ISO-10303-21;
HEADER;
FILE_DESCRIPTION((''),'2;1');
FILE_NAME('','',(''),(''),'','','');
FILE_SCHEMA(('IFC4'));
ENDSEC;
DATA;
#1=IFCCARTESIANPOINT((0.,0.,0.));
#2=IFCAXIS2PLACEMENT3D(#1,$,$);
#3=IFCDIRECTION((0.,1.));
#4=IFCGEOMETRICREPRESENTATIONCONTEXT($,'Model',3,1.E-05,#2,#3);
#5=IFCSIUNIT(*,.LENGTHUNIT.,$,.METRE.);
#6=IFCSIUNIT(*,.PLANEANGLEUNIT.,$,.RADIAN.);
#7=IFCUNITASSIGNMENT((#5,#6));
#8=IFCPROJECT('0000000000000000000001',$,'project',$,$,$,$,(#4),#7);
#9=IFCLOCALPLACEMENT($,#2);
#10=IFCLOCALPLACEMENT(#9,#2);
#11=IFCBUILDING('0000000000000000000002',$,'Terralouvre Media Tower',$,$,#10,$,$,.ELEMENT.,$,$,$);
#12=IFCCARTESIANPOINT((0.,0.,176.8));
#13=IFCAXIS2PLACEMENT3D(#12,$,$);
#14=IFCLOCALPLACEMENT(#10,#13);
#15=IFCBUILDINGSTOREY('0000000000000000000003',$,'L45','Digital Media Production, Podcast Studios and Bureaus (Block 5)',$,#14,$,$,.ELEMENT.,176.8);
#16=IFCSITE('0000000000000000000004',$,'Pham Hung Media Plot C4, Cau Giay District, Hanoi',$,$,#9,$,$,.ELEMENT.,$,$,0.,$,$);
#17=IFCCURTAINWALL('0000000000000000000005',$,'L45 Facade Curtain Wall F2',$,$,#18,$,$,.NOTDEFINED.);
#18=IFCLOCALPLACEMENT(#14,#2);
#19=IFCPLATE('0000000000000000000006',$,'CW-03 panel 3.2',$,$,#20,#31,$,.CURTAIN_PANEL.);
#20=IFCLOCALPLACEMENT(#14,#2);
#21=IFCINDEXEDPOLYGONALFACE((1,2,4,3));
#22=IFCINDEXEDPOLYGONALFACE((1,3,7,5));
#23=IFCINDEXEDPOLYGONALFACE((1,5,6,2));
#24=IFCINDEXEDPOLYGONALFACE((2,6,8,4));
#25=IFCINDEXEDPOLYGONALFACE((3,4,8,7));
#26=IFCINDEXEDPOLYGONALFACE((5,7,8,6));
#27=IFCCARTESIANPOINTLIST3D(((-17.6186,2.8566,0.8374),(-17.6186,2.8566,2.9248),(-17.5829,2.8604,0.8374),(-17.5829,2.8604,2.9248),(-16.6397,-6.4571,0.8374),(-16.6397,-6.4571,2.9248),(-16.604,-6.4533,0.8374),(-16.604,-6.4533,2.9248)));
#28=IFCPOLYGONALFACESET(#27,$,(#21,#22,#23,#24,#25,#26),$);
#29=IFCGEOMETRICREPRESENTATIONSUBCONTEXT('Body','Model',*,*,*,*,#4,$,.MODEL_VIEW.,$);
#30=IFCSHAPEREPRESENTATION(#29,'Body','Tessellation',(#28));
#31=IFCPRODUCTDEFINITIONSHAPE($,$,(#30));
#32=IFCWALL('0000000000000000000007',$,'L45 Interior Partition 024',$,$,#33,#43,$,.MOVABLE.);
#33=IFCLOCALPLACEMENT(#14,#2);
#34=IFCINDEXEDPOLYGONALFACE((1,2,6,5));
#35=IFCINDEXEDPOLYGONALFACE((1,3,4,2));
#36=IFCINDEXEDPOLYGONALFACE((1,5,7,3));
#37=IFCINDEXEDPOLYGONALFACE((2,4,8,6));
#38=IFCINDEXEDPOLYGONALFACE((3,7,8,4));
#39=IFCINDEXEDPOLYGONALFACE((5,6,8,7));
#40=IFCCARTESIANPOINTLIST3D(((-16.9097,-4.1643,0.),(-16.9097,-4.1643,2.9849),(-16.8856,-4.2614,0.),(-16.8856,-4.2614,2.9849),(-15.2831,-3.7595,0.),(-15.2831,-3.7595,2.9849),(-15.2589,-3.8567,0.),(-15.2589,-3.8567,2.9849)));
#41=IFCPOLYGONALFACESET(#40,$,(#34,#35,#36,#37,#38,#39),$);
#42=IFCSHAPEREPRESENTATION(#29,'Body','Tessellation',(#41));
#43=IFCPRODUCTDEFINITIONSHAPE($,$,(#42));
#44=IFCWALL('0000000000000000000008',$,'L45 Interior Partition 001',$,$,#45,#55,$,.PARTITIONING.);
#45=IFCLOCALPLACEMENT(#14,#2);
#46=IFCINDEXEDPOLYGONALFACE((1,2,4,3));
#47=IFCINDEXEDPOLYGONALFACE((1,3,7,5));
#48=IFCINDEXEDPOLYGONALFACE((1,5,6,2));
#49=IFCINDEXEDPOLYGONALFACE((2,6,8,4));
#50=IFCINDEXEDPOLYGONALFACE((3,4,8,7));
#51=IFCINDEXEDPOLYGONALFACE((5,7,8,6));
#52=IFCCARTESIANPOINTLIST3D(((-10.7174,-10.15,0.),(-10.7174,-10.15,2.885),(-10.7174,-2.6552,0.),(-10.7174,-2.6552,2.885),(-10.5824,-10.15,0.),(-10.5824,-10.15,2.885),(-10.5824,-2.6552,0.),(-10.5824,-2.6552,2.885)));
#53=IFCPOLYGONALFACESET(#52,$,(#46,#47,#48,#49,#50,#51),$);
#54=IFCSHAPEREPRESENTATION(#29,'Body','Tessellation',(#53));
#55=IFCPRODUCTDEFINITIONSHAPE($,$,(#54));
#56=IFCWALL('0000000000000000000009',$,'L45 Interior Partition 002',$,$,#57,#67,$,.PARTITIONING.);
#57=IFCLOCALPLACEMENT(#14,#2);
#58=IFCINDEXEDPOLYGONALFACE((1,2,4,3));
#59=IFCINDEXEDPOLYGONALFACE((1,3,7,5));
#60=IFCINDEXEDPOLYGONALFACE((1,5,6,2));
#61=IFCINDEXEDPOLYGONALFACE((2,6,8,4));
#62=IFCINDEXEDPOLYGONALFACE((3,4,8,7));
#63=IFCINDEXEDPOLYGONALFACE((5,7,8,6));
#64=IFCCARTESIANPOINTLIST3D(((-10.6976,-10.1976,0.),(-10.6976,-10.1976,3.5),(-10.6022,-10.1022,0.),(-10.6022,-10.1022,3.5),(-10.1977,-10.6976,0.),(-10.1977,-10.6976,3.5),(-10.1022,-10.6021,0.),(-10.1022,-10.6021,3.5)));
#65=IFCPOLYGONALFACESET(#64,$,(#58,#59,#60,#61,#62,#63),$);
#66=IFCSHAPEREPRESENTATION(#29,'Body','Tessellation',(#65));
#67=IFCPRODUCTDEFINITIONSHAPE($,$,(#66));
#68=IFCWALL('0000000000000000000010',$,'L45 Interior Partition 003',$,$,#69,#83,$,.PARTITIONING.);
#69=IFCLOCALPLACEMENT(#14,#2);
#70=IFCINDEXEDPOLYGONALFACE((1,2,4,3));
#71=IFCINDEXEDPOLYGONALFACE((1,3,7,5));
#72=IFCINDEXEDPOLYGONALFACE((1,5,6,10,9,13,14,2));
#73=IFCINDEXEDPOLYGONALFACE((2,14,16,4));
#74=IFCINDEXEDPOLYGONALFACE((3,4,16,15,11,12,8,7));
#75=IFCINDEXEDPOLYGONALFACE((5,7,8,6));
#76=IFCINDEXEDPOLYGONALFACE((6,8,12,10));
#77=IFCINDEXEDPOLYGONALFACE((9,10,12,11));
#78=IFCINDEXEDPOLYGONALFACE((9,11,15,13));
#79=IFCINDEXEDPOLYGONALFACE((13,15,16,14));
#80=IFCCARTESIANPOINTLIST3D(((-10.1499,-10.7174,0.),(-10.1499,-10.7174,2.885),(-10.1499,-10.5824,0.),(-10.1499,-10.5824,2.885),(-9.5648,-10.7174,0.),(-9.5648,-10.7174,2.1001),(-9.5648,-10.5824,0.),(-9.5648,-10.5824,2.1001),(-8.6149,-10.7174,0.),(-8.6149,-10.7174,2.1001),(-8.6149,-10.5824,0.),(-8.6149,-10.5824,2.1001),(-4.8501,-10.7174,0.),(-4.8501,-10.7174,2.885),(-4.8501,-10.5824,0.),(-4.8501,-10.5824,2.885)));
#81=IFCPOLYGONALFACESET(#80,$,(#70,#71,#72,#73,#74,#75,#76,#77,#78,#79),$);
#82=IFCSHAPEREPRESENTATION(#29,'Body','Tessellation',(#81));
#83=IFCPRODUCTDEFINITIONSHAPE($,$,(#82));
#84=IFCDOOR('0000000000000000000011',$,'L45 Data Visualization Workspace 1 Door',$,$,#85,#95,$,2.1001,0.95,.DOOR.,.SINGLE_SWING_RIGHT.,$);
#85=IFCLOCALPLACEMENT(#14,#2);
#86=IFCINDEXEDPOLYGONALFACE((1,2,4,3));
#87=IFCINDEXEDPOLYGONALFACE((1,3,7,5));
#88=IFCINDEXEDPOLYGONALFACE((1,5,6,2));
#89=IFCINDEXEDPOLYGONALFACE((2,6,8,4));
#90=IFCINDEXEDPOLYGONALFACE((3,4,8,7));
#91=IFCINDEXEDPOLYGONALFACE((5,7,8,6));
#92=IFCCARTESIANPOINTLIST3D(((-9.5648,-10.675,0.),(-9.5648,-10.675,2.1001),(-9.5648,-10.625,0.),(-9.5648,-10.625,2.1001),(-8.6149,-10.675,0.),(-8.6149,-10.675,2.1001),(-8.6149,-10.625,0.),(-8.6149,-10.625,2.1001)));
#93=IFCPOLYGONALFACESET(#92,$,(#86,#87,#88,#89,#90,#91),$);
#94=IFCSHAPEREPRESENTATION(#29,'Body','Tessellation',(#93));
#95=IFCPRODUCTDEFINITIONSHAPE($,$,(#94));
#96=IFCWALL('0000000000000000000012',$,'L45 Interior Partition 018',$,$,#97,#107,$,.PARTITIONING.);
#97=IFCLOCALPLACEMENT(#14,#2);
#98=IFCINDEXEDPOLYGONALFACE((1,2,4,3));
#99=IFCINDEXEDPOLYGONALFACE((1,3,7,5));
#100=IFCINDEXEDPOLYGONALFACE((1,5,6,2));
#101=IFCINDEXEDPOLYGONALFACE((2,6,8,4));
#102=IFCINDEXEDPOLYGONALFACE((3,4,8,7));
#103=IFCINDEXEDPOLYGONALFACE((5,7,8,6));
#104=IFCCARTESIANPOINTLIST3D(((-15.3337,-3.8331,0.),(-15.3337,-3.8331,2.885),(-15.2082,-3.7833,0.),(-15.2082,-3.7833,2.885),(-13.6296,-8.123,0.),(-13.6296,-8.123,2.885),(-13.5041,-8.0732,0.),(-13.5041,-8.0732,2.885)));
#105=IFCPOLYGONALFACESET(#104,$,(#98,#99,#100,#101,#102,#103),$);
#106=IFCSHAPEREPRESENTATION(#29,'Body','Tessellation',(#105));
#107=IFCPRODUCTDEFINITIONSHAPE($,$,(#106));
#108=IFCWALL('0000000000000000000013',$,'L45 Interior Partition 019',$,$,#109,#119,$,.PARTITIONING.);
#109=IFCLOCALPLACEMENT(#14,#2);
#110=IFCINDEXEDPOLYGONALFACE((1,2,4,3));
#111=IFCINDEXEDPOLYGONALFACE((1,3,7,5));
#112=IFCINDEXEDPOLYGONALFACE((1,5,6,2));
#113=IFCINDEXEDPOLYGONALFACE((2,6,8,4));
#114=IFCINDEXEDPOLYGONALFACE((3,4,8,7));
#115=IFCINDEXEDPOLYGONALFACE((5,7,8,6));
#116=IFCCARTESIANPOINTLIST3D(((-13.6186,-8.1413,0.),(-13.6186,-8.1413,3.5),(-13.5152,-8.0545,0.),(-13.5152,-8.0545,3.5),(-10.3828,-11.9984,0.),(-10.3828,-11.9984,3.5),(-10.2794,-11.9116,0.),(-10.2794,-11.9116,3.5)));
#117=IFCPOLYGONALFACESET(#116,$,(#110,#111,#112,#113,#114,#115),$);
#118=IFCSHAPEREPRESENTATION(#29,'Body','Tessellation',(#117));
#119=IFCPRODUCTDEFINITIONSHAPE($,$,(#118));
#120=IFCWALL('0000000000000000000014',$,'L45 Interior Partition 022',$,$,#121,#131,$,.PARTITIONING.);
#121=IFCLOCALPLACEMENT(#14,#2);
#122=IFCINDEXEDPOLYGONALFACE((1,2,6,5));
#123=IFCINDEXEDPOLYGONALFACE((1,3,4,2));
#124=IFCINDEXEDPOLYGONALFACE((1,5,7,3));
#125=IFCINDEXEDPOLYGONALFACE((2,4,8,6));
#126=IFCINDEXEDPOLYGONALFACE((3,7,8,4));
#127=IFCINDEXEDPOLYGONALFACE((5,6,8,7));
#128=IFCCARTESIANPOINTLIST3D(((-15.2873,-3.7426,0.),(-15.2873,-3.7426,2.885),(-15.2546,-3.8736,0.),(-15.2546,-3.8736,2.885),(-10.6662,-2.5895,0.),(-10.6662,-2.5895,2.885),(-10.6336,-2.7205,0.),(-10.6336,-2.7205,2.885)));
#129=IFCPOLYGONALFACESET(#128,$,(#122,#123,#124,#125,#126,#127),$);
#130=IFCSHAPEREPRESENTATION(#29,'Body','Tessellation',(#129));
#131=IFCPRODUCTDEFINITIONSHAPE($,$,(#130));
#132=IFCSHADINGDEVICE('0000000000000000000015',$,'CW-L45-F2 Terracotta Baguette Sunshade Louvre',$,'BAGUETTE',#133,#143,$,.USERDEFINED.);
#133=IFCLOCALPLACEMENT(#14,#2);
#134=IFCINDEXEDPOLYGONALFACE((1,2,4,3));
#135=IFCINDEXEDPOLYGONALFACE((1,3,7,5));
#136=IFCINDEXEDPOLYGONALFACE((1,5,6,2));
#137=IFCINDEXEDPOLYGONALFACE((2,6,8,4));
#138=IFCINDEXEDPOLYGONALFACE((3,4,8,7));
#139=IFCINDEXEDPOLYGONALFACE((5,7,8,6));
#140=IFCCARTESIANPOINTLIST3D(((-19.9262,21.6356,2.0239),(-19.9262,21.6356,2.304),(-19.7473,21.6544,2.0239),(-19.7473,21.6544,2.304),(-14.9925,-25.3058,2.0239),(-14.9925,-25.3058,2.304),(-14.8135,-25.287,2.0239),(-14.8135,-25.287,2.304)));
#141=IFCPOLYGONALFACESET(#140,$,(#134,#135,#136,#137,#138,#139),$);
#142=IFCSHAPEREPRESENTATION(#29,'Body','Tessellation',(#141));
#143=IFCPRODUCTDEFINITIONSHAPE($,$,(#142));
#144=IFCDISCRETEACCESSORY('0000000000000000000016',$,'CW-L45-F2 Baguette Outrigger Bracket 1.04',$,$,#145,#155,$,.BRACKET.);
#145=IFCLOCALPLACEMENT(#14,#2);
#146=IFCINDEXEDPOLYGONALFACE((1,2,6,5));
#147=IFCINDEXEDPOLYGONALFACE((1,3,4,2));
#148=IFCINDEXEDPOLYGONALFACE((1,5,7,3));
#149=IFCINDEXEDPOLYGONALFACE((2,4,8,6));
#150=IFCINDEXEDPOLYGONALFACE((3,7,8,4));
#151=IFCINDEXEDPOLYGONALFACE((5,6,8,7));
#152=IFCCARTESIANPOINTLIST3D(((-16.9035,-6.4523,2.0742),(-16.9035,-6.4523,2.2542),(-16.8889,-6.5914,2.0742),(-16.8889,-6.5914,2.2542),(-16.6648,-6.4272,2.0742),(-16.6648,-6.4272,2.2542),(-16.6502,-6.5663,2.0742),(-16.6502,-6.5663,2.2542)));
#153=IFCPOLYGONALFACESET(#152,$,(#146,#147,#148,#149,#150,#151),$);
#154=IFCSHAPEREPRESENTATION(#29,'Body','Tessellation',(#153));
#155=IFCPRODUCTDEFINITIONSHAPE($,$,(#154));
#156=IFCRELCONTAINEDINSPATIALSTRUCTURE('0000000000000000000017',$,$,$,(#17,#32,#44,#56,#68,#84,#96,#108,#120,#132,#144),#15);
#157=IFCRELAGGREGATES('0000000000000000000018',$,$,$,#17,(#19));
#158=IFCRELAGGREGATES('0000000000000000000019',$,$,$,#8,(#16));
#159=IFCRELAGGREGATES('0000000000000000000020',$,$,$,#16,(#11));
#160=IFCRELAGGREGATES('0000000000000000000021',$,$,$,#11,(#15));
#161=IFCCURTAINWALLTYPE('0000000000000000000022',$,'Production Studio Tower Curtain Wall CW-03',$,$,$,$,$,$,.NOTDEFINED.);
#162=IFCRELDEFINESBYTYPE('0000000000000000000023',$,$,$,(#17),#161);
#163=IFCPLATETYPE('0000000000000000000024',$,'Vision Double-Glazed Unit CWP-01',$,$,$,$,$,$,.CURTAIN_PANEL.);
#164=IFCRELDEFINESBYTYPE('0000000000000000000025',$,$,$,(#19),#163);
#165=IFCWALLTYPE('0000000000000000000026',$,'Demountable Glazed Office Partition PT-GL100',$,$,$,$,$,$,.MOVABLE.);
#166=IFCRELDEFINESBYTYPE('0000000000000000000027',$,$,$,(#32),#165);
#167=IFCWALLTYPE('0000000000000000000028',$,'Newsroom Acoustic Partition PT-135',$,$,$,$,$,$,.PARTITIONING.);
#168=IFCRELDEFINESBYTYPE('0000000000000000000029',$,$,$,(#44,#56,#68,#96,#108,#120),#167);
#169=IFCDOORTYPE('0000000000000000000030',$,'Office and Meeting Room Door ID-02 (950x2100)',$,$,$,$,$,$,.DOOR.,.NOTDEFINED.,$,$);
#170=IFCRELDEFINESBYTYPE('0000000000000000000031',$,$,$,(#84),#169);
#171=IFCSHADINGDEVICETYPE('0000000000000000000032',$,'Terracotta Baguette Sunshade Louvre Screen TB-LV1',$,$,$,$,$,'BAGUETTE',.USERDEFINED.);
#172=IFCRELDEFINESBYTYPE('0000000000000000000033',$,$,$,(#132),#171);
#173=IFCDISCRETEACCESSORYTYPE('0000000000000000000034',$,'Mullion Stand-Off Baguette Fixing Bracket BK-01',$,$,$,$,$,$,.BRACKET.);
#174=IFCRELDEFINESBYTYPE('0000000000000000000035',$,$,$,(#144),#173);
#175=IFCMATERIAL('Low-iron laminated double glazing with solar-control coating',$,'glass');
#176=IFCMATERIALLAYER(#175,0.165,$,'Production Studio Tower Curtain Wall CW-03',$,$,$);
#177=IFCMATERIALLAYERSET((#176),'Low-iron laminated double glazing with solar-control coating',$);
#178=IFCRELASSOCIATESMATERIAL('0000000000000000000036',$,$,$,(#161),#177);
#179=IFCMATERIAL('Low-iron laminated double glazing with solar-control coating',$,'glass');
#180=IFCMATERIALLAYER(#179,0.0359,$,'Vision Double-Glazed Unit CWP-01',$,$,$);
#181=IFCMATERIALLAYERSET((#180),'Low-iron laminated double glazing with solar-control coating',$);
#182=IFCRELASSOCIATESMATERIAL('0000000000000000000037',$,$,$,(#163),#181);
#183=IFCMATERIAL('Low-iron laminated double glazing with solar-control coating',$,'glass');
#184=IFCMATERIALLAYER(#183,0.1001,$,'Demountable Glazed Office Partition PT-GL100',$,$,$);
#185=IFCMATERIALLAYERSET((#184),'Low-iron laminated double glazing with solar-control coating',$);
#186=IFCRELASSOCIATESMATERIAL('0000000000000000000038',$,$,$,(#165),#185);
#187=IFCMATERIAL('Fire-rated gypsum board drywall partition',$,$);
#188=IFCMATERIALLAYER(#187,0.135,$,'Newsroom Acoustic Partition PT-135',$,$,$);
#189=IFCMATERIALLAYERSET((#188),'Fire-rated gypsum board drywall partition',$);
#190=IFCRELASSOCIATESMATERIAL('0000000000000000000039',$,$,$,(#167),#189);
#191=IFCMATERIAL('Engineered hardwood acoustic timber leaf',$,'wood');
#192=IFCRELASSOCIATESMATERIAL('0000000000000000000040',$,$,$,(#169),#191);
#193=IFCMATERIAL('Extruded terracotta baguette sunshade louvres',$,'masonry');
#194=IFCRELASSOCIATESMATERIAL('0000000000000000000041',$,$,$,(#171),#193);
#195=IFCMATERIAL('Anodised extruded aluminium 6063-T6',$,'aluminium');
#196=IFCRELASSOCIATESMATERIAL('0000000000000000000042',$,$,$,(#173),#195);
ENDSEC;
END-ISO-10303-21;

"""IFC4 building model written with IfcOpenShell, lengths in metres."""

from ifc_helpers import new_model, si_unit, direction, frame, frame_2d, origin, origin_2d, place, context, subcontext, project, spatial, rectangle, extrude, material, layer, layer_set, type_object, element, fill, aggregate, save


model = new_model("IFC4")

# Units and contexts
model_context = context("Model", 3, precision=1e-05, world=origin(), true_north=direction((0.0, 1.0)))
body_context = subcontext(model_context, "Body", "Model", "MODEL_VIEW")
ifc_project = project(units=[si_unit("LENGTHUNIT", "METRE"), si_unit("PLANEANGLEUNIT", "RADIAN")], contexts=[model_context])

# Site, building, storey
site_placement = place(None, origin())
site = spatial("IfcSite", under=ifc_project, at=site_placement, Name="Pham Hung Media Plot C4, Cau Giay District, Hanoi", CompositionType="ELEMENT", RefElevation=0.0)
building_placement = place(site_placement, origin())
building = spatial("IfcBuilding", under=site, at=building_placement, Name="Terralouvre Media Tower", CompositionType="ELEMENT")
storey_placement = place(building_placement, frame((0.0, 0.0, 176.8)))
storey = spatial("IfcBuildingStorey", under=building, at=storey_placement, Name="L45", Description="Digital Media Production, Podcast Studios and Bureaus (Block 5)", CompositionType="ELEMENT", Elevation=176.8)

# Curtain wall
ifc_material_1 = material(Name="Low-iron laminated double glazing with solar-control coating", Category="glass")
ifc_layer_1 = layer(ifc_material_1, 0.165, Name="Production Studio Tower Curtain Wall CW-03")
ifc_layer_set_1 = layer_set([ifc_layer_1], Name="Low-iron laminated double glazing with solar-control coating")
curtain_wall_type = type_object("IfcCurtainWallType", Name="Production Studio Tower Curtain Wall CW-03", PredefinedType="NOTDEFINED", material=ifc_layer_set_1)
curtain_wall_placement = place(storey_placement, origin())
curtain_wall = element("IfcCurtainWall", 1, at=curtain_wall_placement, inside=storey, type_object=curtain_wall_type, Name="L45 Facade Curtain Wall F2", PredefinedType="NOTDEFINED")

# Plate
ifc_material_2 = material(Name="Low-iron laminated double glazing with solar-control coating", Category="glass")
ifc_layer_2 = layer(ifc_material_2, 0.0359, Name="Vision Double-Glazed Unit CWP-01")
ifc_layer_set_2 = layer_set([ifc_layer_2], Name="Low-iron laminated double glazing with solar-control coating")
plate_type = type_object("IfcPlateType", Name="Vision Double-Glazed Unit CWP-01", PredefinedType="CURTAIN_PANEL", material=ifc_layer_set_2)
plate_1_placement = place(storey_placement, frame((-17.1113, -1.7983, 0.8374), z_axis=(0.0, 0.0, 1.0), x_axis=(0.104528, -0.994522, 0.0)))
plate_1 = element("IfcPlate", 2, at=plate_1_placement, type_object=plate_type, Name="CW-03 panel 3.2", PredefinedType="CURTAIN_PANEL", context=body_context, shape_type="SweptSolid", body=[
    extrude(rectangle(XDim=9.365, YDim=0.0359, at=origin_2d()), origin(), (0.0, 0.0, 1.0), 2.0874),
])
aggregate(curtain_wall, [plate_1])

# Walls
ifc_material_3 = material(Name="Low-iron laminated double glazing with solar-control coating", Category="glass")
ifc_layer_3 = layer(ifc_material_3, 0.1001, Name="Demountable Glazed Office Partition PT-GL100")
ifc_layer_set_3 = layer_set([ifc_layer_3], Name="Low-iron laminated double glazing with solar-control coating")
wall_type_1 = type_object("IfcWallType", Name="Demountable Glazed Office Partition PT-GL100", PredefinedType="MOVABLE", material=ifc_layer_set_3)
wall_1_placement = place(storey_placement, frame((-15.271, -3.8081, 0.0), z_axis=(0.0, 0.0, 1.0), x_axis=(-0.970407, -0.241473, 0.0)))
element("IfcWall", 3, at=wall_1_placement, inside=storey, type_object=wall_type_1, Name="L45 Interior Partition 024", PredefinedType="MOVABLE", context=body_context, shape_type="SweptSolid", body=[
    extrude(rectangle(XDim=1.6763, YDim=0.1001, at=frame_2d((0.8381, 0.0))), origin(), (0.0, 0.0, 1.0), 2.9849),
])
ifc_material_4 = material(Name="Fire-rated gypsum board drywall partition")
ifc_layer_4 = layer(ifc_material_4, 0.135, Name="Newsroom Acoustic Partition PT-135")
ifc_layer_set_4 = layer_set([ifc_layer_4], Name="Fire-rated gypsum board drywall partition")
wall_type_2 = type_object("IfcWallType", Name="Newsroom Acoustic Partition PT-135", PredefinedType="PARTITIONING", material=ifc_layer_set_4)
wall_2_placement = place(storey_placement, frame((-10.6499, -2.655, 0.0), z_axis=(0.0, 0.0, 1.0), x_axis=(0.0, -1.0, 0.0)))
element("IfcWall", 4, at=wall_2_placement, inside=storey, type_object=wall_type_2, Name="L45 Interior Partition 001", PredefinedType="PARTITIONING", context=body_context, shape_type="SweptSolid", body=[
    extrude(rectangle(XDim=7.4949, YDim=0.135, at=frame_2d((3.7476, 0.0))), origin(), (0.0, 0.0, 1.0), 2.885),
])
wall_3_placement = place(storey_placement, frame((-10.6499, -10.1499, 0.0), z_axis=(0.0, 0.0, 1.0), x_axis=(0.707107, -0.707107, 0.0)))
element("IfcWall", 5, at=wall_3_placement, inside=storey, type_object=wall_type_2, Name="L45 Interior Partition 002", PredefinedType="PARTITIONING", context=body_context, shape_type="SweptSolid", body=[
    extrude(rectangle(XDim=0.707, YDim=0.135, at=frame_2d((0.3535, 0.0))), origin(), (0.0, 0.0, 1.0), 3.5),
])

# Wall, opening, door
wall_4_placement = place(storey_placement, frame((-10.1499, -10.6499, 0.0), z_axis=(0.0, 0.0, 1.0), x_axis=(1.0, 0.0, 0.0)))
wall_4 = element("IfcWall", 6, at=wall_4_placement, inside=storey, type_object=wall_type_2, Name="L45 Interior Partition 003", PredefinedType="PARTITIONING", context=body_context, shape_type="SweptSolid", body=[
    extrude(rectangle(XDim=5.2998, YDim=0.135, at=frame_2d((2.6499, 0.0))), origin(), (0.0, 0.0, 1.0), 2.885),
])
opening_placement = place(wall_4_placement, frame((0.585, 0.0, 0.0)))
opening = element("IfcOpeningElement", 7, at=opening_placement, cuts=wall_4, PredefinedType="OPENING", context=body_context, shape_type="SweptSolid", body=[
    extrude(rectangle(XDim=0.95, YDim=2.1001, at=frame_2d((0.4751, 1.05))), frame((0.0, 0.0774, 0.0), z_axis=(0.0, -1.0, 0.0), x_axis=(1.0, 0.0, 0.0)), (0.0, 0.0, 1.0), 0.155),
])
ifc_material_5 = material(Name="Engineered hardwood acoustic timber leaf", Category="wood")
door_type = type_object("IfcDoorType", Name="Office and Meeting Room Door ID-02 (950x2100)", OperationType="NOTDEFINED", PredefinedType="DOOR", material=ifc_material_5)
door_placement = place(opening_placement, origin())
door = element("IfcDoor", 8, at=door_placement, inside=storey, type_object=door_type, Name="L45 Data Visualization Workspace 1 Door", OperationType="SINGLE_SWING_RIGHT", OverallHeight=2.1001, OverallWidth=0.95, PredefinedType="DOOR", context=body_context, shape_type="SweptSolid", body=[
    extrude(rectangle(XDim=0.95, YDim=2.1001, at=frame_2d((0.4751, 1.05))), frame((0.0, 0.0249, 0.0), z_axis=(0.0, -1.0, 0.0), x_axis=(1.0, 0.0, 0.0)), (0.0, 0.0, 1.0), 0.05),
])
fill(opening, door)

# Walls
wall_5_placement = place(storey_placement, frame((-15.271, -3.8081, 0.0), z_axis=(0.0, 0.0, 1.0), x_axis=(0.369183, -0.929357, 0.0)))
element("IfcWall", 9, at=wall_5_placement, inside=storey, type_object=wall_type_2, Name="L45 Interior Partition 018", PredefinedType="PARTITIONING", context=body_context, shape_type="SweptSolid", body=[
    extrude(rectangle(XDim=4.616, YDim=0.135, at=frame_2d((2.3081, 0.0))), origin(), (0.0, 0.0, 1.0), 2.885),
])
wall_6_placement = place(storey_placement, frame((-13.5669, -8.0979, 0.0), z_axis=(0.0, 0.0, 1.0), x_axis=(0.642704, -0.766115, 0.0)))
element("IfcWall", 10, at=wall_6_placement, inside=storey, type_object=wall_type_2, Name="L45 Interior Partition 019", PredefinedType="PARTITIONING", context=body_context, shape_type="SweptSolid", body=[
    extrude(rectangle(XDim=5.0347, YDim=0.135, at=frame_2d((2.5173, 0.0))), origin(), (0.0, 0.0, 1.0), 3.5),
])
wall_7_placement = place(storey_placement, frame((-10.6499, -2.655, 0.0), z_axis=(0.0, 0.0, 1.0), x_axis=(-0.970251, -0.242101, 0.0)))
element("IfcWall", 11, at=wall_7_placement, inside=storey, type_object=wall_type_2, Name="L45 Interior Partition 022", PredefinedType="PARTITIONING", context=body_context, shape_type="SweptSolid", body=[
    extrude(rectangle(XDim=4.7627, YDim=0.135, at=frame_2d((2.3813, 0.0))), origin(), (0.0, 0.0, 1.0), 2.885),
])

# Shading device
ifc_material_6 = material(Name="Extruded terracotta baguette sunshade louvres", Category="masonry")
shading_device_type = type_object("IfcShadingDeviceType", Name="Terracotta Baguette Sunshade Louvre Screen TB-LV1", ElementType="BAGUETTE", PredefinedType="USERDEFINED", material=ifc_material_6)
shading_device_placement = place(storey_placement, frame((-17.3699, -1.8257, 2.0239), z_axis=(0.0, 0.0, 1.0), x_axis=(0.104528, -0.994522, 0.0)))
element("IfcShadingDevice", 12, at=shading_device_placement, inside=storey, type_object=shading_device_type, Name="CW-L45-F2 Terracotta Baguette Sunshade Louvre", ObjectType="BAGUETTE", PredefinedType="USERDEFINED", context=body_context, shape_type="SweptSolid", body=[
    extrude(rectangle(XDim=47.2, YDim=0.1799, at=origin_2d()), origin(), (0.0, 0.0, 1.0), 0.28),
])

# Discrete accessory
ifc_material_7 = material(Name="Anodised extruded aluminium 6063-T6", Category="aluminium")
discrete_accessory_type = type_object("IfcDiscreteAccessoryType", Name="Mullion Stand-Off Baguette Fixing Bracket BK-01", PredefinedType="BRACKET", material=ifc_material_7)
discrete_accessory_placement = place(storey_placement, frame((-16.7769, -6.5093, 2.0742), z_axis=(0.0, 0.0, 1.0), x_axis=(0.104528, -0.994522, 0.0)))
element("IfcDiscreteAccessory", 13, at=discrete_accessory_placement, inside=storey, type_object=discrete_accessory_type, Name="CW-L45-F2 Baguette Outrigger Bracket 1.04", PredefinedType="BRACKET", context=body_context, shape_type="SweptSolid", body=[
    extrude(rectangle(XDim=0.1399, YDim=0.24, at=origin_2d()), origin(), (0.0, 0.0, 1.0), 0.1799),
])

save(model, "model.ifc")
